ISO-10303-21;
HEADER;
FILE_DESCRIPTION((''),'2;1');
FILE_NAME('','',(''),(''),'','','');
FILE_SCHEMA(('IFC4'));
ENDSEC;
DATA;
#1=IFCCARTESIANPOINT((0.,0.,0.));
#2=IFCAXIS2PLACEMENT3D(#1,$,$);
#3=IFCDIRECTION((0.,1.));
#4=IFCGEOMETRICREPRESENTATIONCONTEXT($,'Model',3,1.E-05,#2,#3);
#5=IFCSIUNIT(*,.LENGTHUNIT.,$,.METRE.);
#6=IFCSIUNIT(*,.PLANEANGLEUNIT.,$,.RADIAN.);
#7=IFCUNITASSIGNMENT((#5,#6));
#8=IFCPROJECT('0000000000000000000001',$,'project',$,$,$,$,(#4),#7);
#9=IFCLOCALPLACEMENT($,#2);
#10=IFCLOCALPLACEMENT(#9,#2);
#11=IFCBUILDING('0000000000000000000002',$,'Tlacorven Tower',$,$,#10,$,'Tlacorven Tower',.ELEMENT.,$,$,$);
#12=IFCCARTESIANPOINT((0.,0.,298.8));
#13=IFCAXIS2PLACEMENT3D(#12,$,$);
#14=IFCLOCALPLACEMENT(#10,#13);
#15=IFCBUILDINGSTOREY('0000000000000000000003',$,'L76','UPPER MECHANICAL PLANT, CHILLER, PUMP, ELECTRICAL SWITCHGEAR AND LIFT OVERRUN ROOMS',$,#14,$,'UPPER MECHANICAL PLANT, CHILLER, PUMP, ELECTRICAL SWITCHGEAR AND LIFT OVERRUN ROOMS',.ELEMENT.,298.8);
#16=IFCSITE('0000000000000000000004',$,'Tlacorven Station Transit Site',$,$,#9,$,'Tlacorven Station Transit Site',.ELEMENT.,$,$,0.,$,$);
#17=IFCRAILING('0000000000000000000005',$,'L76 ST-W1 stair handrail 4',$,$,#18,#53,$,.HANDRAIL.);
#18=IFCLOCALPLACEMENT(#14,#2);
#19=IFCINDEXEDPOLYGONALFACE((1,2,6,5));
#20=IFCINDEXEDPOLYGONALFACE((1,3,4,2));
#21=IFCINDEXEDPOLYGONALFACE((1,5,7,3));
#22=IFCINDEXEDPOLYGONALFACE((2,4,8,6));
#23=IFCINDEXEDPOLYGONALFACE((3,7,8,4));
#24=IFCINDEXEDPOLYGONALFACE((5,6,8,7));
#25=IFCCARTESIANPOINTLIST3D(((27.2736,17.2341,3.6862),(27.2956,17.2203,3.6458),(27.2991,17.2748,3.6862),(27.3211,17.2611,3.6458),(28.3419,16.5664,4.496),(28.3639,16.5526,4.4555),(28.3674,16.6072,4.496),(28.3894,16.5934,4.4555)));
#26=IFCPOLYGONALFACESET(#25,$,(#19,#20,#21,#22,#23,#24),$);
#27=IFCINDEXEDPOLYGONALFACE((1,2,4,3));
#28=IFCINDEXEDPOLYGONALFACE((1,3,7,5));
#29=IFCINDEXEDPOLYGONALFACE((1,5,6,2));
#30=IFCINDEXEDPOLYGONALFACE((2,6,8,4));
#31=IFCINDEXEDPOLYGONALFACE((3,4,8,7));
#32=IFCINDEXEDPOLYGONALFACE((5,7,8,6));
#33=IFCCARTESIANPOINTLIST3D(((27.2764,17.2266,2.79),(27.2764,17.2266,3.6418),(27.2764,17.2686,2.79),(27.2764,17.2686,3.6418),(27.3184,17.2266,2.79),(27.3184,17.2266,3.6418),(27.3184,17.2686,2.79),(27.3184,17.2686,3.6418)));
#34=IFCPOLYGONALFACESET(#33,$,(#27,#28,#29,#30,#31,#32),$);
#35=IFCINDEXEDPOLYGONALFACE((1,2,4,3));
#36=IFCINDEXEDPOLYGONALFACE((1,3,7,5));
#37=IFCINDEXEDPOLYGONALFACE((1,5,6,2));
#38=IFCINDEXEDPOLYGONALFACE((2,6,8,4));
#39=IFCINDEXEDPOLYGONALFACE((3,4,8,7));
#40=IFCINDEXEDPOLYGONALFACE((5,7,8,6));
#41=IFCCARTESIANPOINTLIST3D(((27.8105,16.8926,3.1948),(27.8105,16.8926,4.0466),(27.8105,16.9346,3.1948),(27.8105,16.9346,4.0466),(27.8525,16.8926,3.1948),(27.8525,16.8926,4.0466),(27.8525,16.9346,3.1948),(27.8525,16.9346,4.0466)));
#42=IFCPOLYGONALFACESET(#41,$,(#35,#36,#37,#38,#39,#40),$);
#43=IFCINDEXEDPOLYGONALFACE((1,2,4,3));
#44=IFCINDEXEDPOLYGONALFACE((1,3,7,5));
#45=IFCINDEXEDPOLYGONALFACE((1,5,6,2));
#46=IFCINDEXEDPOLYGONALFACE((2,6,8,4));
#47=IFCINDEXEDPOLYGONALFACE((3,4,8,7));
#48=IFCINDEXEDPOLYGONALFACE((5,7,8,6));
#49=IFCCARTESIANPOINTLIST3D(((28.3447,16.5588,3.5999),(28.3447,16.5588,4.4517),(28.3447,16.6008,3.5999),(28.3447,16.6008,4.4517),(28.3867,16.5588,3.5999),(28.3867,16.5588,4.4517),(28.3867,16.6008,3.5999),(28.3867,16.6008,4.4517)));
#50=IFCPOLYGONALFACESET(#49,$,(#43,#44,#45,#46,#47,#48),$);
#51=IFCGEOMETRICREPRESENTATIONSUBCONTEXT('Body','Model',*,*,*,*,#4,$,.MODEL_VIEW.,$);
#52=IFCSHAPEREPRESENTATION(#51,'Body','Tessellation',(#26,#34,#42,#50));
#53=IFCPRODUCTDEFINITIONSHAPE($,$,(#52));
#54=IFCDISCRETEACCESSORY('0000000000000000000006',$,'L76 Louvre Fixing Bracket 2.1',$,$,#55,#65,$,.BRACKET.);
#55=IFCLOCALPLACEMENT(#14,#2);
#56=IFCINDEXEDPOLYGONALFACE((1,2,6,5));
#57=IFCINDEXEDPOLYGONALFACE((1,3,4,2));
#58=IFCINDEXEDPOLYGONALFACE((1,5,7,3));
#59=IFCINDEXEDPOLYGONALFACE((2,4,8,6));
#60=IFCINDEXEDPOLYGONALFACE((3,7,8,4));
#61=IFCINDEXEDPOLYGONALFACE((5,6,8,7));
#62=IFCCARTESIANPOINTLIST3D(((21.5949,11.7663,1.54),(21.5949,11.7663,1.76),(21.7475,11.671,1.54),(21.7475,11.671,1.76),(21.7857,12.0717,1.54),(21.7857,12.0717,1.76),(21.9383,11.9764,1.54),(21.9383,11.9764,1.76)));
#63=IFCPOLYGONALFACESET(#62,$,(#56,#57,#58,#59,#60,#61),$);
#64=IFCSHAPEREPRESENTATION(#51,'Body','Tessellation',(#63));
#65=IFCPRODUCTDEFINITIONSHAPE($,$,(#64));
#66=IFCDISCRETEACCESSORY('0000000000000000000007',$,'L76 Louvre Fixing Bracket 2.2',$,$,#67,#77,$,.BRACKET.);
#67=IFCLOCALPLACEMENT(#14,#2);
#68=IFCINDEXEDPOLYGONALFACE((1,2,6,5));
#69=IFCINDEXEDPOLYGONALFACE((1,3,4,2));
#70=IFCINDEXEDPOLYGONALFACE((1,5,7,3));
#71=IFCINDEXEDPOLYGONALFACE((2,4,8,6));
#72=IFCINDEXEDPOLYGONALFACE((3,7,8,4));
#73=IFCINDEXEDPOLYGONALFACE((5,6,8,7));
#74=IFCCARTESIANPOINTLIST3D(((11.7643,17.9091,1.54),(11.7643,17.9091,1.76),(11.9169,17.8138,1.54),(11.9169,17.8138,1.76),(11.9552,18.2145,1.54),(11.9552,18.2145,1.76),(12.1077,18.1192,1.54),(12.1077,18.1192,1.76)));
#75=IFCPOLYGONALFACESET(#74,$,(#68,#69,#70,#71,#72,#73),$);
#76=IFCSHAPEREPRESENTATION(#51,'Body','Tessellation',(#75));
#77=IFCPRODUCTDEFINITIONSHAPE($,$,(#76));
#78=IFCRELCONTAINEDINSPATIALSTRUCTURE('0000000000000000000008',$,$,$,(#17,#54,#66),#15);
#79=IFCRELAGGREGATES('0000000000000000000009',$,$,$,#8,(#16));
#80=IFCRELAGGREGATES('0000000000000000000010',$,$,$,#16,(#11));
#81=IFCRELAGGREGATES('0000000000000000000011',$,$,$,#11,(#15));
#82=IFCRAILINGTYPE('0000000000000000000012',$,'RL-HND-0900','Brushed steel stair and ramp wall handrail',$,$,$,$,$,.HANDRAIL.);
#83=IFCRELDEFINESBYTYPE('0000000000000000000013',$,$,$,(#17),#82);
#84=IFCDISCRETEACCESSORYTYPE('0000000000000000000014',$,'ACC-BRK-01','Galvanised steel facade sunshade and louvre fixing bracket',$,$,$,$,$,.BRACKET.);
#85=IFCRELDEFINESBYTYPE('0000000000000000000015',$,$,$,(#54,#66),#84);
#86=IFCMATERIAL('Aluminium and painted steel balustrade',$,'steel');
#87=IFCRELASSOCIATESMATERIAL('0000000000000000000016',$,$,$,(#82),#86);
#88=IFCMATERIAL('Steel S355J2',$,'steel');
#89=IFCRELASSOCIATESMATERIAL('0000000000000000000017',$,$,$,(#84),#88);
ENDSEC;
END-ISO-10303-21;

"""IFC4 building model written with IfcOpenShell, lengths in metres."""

from ifc_helpers import new_model, si_unit, direction, frame, origin, origin_2d, place, context, subcontext, project, spatial, rectangle, extrude, source, transform, mapped, material, type_object, element, save


model = new_model("IFC4")

# Units and contexts
model_context = context("Model", 3, precision=1e-05, world=origin(), true_north=direction((0.0, 1.0)))
body_context = subcontext(model_context, "Body", "Model", "MODEL_VIEW")
ifc_project = project(units=[si_unit("LENGTHUNIT", "METRE"), si_unit("PLANEANGLEUNIT", "RADIAN")], contexts=[model_context])

# Site, building, storey
site_placement = place(None, origin())
site = spatial("IfcSite", under=ifc_project, at=site_placement, Name="Tlacorven Station Transit Site", LongName="Tlacorven Station Transit Site", CompositionType="ELEMENT", RefElevation=0.0)
building_placement = place(site_placement, origin())
building = spatial("IfcBuilding", under=site, at=building_placement, Name="Tlacorven Tower", LongName="Tlacorven Tower", CompositionType="ELEMENT")
storey_placement = place(building_placement, frame((0.0, 0.0, 298.8)))
storey = spatial("IfcBuildingStorey", under=building, at=storey_placement, Name="L76", Description="UPPER MECHANICAL PLANT, CHILLER, PUMP, ELECTRICAL SWITCHGEAR AND LIFT OVERRUN ROOMS", LongName="UPPER MECHANICAL PLANT, CHILLER, PUMP, ELECTRICAL SWITCHGEAR AND LIFT OVERRUN ROOMS", CompositionType="ELEMENT", Elevation=298.8)

# Shared definitions
ifc_material_1 = material(Name="Steel S355J2", Category="steel")

# Railing
ifc_material_2 = material(Name="Aluminium and painted steel balustrade", Category="steel")
railing_type_1 = type_object("IfcRailingType", Name="RL-HND-0900", Description="Brushed steel stair and ramp wall handrail", PredefinedType="HANDRAIL", material=ifc_material_2)
shared_shape_1 = source(origin(), body_context, "Body", "SweptSolid", [
    extrude(rectangle(XDim=0.0481, YDim=0.0481, at=origin_2d()), frame((0.0, 0.0, 0.876), z_axis=(0.713343, -0.445839, 0.540712), x_axis=(0.529999, 0.847998, 0.0)), (0.0, 0.0, 1.0), 1.4976),
    extrude(rectangle(XDim=0.042, YDim=0.042, at=origin_2d()), origin(), (0.0, 0.0, 1.0), 0.8518),
    extrude(rectangle(XDim=0.042, YDim=0.042, at=origin_2d()), frame((0.5342, -0.334, 0.4048)), (0.0, 0.0, 1.0), 0.8518),
    extrude(rectangle(XDim=0.042, YDim=0.042, at=origin_2d()), frame((1.0684, -0.6677, 0.8098)), (0.0, 0.0, 1.0), 0.8518),
])
railing_1_placement = place(storey_placement, frame((27.2974, 17.2476, 2.79)))
element("IfcRailing", 1, at=railing_1_placement, inside=storey, type_object=railing_type_1, Name="L76 ST-W1 stair handrail 4", PredefinedType="HANDRAIL", context=body_context, shape_type="MappedRepresentation", body=[
    mapped(shared_shape_1, transform((0.0, 0.0, 0.0), scale=1.0)),
])

# Discrete accessories
discrete_accessory_type = type_object("IfcDiscreteAccessoryType", Name="ACC-BRK-01", Description="Galvanised steel facade sunshade and louvre fixing bracket", PredefinedType="BRACKET", material=ifc_material_1)
shared_shape_2 = source(origin(), body_context, "Body", "SweptSolid", [
    extrude(rectangle(XDim=0.1799, YDim=0.3601, at=origin_2d()), origin(), (0.0, 0.0, 1.0), 0.22),
])
for number, where, z_axis, x_axis, name in (
    (2, (21.7666, 11.8713, 1.54), (0.0, 0.0, 1.0), (-0.848048, 0.529919, 0.0), "L76 Louvre Fixing Bracket 2.1"),
    (3, (11.936, 18.0142, 1.54), (0.0, 0.0, 1.0), (-0.848048, 0.529919, 0.0), "L76 Louvre Fixing Bracket 2.2"),
):
    element("IfcDiscreteAccessory", number, at=place(storey_placement, frame(where, z_axis=z_axis, x_axis=x_axis)), inside=storey, type_object=discrete_accessory_type, Name=name, PredefinedType="BRACKET", context=body_context, shape_type="MappedRepresentation", body=[
        mapped(shared_shape_2, transform((0.0, 0.0, 0.0), scale=1.0)),
    ])

save(model, "model.ifc")
